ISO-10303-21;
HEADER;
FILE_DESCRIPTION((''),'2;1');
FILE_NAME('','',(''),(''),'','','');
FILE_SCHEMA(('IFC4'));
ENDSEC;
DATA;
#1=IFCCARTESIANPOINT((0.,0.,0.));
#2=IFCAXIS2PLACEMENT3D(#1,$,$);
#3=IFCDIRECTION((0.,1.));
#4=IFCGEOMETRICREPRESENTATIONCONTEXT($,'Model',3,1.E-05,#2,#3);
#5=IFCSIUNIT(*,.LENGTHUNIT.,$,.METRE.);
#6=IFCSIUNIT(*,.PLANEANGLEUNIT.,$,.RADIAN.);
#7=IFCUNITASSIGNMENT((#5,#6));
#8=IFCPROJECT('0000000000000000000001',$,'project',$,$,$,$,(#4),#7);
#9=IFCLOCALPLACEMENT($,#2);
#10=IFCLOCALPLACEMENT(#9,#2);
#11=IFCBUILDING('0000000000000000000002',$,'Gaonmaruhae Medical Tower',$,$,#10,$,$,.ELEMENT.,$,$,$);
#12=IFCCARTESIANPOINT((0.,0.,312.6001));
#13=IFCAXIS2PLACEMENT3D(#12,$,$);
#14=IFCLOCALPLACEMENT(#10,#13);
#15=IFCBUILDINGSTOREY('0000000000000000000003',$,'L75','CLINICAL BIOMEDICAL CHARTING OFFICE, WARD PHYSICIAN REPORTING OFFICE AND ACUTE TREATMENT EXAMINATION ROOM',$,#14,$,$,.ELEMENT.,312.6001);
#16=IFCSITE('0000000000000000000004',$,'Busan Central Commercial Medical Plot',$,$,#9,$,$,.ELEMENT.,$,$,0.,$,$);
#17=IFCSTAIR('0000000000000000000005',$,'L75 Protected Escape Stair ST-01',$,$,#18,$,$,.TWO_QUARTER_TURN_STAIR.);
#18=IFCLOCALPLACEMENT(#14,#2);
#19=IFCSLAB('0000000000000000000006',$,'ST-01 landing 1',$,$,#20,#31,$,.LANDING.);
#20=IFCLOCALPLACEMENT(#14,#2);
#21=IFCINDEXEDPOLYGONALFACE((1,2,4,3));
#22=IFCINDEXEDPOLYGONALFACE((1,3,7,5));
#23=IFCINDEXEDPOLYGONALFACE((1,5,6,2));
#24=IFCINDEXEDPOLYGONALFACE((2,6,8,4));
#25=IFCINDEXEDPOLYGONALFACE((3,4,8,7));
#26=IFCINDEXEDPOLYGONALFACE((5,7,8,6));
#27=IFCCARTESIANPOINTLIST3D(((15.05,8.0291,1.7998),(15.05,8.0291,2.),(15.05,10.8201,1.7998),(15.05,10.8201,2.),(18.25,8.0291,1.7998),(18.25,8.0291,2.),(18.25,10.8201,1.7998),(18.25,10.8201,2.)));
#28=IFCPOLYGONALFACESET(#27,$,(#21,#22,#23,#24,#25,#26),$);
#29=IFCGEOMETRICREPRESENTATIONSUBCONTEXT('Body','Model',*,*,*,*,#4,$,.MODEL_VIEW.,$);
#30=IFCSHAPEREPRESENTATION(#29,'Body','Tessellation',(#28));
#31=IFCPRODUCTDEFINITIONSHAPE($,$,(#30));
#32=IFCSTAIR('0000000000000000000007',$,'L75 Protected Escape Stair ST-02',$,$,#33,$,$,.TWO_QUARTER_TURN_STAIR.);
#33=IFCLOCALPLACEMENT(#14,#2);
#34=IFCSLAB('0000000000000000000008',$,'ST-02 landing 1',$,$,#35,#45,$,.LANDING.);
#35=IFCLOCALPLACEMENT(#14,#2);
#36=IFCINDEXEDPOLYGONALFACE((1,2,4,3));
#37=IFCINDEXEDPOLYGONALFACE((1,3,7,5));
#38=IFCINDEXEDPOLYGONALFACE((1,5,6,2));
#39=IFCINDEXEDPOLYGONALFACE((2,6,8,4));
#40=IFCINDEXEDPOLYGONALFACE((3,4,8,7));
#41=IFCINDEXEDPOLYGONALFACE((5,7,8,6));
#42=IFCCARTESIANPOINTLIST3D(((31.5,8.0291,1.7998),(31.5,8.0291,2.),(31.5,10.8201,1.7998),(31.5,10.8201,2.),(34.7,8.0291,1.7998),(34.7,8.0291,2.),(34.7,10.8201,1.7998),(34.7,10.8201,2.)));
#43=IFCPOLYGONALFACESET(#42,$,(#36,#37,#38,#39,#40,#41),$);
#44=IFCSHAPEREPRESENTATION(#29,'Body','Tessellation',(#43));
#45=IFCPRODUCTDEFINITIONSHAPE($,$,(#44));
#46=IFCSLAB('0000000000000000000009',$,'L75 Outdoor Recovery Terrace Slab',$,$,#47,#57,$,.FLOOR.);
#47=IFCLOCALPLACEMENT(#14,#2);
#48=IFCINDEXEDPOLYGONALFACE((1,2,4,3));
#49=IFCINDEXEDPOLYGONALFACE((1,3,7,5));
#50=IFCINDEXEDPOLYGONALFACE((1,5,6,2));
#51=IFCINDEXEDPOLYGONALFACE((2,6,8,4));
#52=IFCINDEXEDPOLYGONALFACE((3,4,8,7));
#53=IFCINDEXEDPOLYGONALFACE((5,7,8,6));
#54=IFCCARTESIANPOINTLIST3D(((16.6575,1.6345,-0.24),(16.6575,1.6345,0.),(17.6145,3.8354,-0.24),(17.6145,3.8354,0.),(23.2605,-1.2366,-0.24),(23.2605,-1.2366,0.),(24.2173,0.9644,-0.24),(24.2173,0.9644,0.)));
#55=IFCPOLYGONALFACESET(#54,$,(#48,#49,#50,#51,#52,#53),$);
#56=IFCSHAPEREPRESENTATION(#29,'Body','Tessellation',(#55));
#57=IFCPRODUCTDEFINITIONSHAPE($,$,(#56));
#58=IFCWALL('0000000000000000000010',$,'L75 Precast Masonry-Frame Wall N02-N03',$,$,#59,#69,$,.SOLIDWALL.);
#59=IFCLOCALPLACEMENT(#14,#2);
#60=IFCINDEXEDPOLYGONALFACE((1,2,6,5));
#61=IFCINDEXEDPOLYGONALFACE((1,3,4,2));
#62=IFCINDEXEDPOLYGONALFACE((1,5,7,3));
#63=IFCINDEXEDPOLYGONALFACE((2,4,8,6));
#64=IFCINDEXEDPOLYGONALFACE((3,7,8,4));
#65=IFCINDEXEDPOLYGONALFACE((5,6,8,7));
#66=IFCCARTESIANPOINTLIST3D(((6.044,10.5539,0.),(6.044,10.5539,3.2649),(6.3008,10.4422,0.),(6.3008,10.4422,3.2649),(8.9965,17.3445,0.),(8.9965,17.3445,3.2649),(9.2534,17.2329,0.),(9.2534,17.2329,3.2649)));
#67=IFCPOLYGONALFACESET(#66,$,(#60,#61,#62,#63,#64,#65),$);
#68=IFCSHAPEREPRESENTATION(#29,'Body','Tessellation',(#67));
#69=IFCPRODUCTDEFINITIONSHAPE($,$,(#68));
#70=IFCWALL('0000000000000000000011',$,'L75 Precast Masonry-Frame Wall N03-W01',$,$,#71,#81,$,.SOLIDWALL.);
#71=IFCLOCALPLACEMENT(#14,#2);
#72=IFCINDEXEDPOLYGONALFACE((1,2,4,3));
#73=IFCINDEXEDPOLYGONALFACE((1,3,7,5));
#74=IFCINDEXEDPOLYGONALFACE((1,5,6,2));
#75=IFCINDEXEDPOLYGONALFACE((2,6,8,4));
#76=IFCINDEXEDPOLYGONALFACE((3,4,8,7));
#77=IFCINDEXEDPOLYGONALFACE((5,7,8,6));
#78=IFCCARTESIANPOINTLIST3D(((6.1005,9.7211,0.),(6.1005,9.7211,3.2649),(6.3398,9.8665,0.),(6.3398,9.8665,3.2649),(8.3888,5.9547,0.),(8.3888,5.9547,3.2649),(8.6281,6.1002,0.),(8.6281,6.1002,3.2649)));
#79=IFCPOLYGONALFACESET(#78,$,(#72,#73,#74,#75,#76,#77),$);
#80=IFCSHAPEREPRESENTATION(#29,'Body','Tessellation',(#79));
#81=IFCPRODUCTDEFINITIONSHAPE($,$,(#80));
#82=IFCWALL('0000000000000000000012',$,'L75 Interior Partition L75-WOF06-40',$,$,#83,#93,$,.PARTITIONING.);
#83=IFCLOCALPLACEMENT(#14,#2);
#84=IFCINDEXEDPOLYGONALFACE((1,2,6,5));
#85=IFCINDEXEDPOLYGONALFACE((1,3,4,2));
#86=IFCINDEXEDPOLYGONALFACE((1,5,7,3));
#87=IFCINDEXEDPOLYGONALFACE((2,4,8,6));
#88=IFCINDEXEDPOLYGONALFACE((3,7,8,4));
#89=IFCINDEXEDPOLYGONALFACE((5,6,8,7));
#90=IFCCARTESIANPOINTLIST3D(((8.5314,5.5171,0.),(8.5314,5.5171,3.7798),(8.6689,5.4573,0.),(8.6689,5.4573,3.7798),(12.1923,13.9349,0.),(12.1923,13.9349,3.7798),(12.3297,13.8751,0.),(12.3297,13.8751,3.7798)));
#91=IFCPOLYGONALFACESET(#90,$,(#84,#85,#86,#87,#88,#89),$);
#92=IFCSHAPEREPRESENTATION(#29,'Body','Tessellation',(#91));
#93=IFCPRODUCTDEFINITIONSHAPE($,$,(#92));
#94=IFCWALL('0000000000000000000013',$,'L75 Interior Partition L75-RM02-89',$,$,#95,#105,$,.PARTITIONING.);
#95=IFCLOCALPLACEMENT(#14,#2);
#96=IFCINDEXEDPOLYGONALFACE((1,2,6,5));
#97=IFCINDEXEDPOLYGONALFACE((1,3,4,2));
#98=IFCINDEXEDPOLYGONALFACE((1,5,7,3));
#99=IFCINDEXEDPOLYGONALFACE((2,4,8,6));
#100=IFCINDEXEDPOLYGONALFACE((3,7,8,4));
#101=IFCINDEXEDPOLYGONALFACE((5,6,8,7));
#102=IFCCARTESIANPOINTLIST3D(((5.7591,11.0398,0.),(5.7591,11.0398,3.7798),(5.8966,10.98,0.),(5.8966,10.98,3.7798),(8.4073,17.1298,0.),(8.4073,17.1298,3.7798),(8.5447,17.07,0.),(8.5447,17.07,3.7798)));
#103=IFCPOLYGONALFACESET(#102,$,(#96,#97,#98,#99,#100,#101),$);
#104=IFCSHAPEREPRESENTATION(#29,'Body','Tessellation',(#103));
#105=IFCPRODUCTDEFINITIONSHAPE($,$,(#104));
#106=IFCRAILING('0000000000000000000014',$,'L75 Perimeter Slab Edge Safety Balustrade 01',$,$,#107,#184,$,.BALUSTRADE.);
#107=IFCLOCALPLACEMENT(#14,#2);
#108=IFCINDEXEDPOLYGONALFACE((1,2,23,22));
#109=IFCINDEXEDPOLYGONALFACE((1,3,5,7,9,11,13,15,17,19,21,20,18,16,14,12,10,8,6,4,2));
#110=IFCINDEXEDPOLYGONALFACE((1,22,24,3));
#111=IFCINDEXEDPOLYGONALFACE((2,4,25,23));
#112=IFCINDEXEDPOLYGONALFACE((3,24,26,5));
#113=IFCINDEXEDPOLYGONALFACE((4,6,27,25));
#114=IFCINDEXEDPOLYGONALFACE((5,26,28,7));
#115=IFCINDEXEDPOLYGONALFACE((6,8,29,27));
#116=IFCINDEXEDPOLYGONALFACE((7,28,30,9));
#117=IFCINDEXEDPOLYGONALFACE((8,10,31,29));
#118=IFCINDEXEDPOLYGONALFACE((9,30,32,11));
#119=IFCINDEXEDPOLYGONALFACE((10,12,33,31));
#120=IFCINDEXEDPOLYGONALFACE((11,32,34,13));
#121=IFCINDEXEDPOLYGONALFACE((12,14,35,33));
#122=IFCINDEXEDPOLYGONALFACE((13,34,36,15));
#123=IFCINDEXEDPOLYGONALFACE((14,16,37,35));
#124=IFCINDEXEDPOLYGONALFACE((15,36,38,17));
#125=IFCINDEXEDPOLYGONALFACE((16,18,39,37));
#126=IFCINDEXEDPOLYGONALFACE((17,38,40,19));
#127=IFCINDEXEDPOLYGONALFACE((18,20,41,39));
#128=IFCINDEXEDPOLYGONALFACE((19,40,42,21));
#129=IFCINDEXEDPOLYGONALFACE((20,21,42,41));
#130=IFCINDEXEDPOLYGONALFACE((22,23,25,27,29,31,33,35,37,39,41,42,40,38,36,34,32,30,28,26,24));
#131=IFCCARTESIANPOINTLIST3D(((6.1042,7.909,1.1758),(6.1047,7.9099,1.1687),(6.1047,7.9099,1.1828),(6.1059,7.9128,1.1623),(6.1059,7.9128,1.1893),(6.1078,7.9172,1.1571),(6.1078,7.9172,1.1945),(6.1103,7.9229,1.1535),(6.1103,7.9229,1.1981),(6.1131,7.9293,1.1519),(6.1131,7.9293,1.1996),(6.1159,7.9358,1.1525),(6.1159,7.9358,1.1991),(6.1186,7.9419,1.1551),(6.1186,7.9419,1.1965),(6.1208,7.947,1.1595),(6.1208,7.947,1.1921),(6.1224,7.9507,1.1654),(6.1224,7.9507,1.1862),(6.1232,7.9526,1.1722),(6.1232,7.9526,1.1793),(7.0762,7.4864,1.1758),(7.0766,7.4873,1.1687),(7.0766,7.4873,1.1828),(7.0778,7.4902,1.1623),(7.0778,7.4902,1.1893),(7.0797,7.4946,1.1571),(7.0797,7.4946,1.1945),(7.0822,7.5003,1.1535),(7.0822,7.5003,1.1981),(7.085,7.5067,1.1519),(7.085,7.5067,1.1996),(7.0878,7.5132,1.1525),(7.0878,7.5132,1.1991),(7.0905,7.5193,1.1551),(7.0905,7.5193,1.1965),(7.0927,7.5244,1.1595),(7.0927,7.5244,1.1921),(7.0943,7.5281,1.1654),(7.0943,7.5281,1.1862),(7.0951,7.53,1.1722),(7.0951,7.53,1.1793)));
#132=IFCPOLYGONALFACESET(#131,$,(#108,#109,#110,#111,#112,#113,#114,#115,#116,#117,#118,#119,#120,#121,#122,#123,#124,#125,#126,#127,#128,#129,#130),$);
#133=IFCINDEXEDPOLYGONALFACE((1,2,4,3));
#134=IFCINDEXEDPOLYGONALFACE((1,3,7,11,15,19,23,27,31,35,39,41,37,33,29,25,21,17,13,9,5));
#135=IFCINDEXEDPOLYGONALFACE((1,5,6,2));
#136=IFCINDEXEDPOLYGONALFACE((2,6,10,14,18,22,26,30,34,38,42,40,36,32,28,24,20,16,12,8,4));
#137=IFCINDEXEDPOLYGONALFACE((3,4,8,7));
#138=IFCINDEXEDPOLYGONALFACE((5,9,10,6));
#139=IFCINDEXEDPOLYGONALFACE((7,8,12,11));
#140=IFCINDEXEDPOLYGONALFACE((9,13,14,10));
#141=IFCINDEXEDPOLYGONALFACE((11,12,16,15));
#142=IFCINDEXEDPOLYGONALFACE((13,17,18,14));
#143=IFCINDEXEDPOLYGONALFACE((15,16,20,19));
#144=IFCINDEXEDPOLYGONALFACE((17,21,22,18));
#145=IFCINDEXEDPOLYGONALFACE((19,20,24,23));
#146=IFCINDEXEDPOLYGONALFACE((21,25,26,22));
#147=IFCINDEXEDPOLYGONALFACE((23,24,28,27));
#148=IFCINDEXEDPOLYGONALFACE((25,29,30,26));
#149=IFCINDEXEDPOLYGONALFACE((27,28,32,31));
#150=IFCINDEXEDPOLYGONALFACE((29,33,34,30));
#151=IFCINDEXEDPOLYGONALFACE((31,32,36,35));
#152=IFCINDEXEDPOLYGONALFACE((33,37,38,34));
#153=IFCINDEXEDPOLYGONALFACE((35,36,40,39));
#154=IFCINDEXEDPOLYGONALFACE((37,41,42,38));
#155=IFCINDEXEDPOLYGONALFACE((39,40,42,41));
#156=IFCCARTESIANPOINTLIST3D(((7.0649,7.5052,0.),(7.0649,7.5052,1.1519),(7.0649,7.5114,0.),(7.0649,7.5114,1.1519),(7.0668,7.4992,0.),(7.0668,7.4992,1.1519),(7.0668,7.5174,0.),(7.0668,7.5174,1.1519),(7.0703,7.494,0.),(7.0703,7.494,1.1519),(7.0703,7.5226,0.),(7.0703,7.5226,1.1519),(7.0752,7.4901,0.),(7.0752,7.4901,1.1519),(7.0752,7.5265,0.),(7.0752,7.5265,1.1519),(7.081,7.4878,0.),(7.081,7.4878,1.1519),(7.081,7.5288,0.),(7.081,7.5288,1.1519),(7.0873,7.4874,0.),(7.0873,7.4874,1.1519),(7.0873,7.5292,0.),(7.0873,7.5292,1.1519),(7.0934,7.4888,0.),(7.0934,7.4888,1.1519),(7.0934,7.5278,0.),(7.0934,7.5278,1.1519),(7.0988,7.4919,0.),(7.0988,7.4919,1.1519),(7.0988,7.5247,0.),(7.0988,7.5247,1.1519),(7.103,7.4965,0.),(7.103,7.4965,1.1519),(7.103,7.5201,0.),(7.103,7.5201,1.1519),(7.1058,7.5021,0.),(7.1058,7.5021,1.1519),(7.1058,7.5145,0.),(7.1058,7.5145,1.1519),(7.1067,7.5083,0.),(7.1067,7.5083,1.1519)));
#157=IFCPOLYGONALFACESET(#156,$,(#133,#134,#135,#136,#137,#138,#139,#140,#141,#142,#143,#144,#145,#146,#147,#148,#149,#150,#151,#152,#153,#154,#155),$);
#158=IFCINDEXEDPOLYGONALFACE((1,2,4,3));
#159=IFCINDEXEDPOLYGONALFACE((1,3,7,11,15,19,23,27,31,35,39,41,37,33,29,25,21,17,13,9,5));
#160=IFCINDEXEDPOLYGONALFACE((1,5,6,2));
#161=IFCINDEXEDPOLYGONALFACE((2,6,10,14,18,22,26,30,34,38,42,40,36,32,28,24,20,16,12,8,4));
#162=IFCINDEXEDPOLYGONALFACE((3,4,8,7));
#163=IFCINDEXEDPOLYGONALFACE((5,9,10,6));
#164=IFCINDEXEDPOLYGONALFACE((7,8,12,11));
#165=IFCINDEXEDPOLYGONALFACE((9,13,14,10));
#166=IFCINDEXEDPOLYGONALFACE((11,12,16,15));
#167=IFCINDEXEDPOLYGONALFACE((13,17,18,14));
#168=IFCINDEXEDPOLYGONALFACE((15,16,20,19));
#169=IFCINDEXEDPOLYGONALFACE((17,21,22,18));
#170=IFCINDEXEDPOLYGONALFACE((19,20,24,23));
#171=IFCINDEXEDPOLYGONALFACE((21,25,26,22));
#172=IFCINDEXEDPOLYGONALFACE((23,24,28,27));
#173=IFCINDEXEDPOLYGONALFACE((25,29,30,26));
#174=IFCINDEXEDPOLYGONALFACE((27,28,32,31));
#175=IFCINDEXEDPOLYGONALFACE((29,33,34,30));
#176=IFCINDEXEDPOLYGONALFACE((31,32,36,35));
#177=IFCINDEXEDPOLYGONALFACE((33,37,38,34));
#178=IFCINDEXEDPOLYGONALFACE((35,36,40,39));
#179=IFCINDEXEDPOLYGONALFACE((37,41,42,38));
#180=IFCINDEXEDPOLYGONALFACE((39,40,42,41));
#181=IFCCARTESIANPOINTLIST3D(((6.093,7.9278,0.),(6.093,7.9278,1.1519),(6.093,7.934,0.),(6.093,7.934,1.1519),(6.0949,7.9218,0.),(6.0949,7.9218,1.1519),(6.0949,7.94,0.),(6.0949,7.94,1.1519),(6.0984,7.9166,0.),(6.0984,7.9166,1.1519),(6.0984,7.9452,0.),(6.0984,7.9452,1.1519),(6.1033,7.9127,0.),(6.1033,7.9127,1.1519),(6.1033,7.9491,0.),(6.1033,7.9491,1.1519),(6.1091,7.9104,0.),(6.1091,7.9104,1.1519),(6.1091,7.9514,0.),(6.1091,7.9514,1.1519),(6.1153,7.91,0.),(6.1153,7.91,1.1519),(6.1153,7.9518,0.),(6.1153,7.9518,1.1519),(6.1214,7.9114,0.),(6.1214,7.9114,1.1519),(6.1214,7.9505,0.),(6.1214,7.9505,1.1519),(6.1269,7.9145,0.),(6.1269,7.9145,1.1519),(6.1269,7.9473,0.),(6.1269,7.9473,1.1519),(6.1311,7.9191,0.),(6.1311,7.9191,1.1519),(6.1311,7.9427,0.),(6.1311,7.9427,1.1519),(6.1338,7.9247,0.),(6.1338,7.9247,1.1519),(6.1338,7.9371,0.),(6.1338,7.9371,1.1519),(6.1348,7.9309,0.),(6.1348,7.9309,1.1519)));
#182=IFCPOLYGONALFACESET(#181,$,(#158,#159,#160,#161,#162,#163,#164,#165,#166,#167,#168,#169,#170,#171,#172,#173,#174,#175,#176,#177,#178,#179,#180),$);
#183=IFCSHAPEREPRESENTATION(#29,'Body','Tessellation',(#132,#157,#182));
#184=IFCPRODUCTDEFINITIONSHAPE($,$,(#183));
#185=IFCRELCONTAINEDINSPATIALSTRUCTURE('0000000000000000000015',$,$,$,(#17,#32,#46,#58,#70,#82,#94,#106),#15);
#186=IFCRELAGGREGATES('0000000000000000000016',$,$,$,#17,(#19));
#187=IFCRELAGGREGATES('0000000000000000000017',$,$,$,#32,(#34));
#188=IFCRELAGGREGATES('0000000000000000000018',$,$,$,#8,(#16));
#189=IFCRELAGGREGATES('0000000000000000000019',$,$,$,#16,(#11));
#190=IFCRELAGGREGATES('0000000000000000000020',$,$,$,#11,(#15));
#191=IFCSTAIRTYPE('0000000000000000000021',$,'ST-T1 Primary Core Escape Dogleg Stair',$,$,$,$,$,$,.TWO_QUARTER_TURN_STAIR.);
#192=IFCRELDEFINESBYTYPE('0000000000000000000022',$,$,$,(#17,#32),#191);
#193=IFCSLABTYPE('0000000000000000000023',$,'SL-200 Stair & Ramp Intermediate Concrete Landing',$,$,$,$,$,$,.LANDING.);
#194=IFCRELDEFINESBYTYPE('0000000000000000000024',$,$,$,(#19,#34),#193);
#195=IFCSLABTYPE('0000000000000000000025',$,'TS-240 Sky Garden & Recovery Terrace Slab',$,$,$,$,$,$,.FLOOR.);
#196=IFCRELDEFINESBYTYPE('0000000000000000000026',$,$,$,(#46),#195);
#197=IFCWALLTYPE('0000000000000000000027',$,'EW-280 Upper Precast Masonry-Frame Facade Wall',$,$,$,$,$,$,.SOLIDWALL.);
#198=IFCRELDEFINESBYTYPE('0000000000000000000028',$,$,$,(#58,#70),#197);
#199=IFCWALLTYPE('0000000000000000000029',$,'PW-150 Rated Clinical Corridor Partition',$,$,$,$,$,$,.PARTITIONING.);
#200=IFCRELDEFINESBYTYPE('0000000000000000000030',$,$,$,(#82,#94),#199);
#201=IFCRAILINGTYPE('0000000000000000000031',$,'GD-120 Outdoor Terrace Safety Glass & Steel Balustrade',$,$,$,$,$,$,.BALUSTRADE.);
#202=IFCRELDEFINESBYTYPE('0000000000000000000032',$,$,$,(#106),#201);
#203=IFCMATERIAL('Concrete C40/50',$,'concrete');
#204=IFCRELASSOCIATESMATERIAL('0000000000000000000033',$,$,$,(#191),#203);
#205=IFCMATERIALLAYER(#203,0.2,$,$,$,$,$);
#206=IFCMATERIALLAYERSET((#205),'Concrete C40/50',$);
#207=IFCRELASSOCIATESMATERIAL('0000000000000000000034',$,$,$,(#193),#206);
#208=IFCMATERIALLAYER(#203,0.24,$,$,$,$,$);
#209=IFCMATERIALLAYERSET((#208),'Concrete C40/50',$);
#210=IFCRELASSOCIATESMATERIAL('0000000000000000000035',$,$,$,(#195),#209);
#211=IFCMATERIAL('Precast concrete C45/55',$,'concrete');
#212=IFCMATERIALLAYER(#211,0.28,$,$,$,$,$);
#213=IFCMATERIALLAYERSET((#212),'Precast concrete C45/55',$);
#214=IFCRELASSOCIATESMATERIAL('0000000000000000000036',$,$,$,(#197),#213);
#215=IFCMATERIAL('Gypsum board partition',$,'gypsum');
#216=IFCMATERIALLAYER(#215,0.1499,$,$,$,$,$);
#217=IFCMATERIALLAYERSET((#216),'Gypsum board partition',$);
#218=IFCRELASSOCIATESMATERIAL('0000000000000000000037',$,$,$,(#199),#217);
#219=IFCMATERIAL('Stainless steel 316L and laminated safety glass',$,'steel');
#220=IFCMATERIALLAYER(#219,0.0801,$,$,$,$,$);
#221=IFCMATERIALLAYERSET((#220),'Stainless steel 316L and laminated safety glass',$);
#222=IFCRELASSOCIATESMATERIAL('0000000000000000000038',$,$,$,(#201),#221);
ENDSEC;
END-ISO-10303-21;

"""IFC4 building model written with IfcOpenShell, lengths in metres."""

from ifc_helpers import new_model, si_unit, direction, frame, frame_2d, origin, origin_2d, place, context, subcontext, project, spatial, polyline, rectangle, circle, outline, extrude, material, layer, layer_set, type_object, element, aggregate, save


model = new_model("IFC4")

# Units and contexts
model_context = context("Model", 3, precision=1e-05, world=origin(), true_north=direction((0.0, 1.0)))
body_context = subcontext(model_context, "Body", "Model", "MODEL_VIEW")
ifc_project = project(units=[si_unit("LENGTHUNIT", "METRE"), si_unit("PLANEANGLEUNIT", "RADIAN")], contexts=[model_context])

# Site, building, storey
site_placement = place(None, origin())
site = spatial("IfcSite", under=ifc_project, at=site_placement, Name="Busan Central Commercial Medical Plot", CompositionType="ELEMENT", RefElevation=0.0)
building_placement = place(site_placement, origin())
building = spatial("IfcBuilding", under=site, at=building_placement, Name="Gaonmaruhae Medical Tower", CompositionType="ELEMENT")
storey_placement = place(building_placement, frame((0.0, 0.0, 312.6001)))
storey = spatial("IfcBuildingStorey", under=building, at=storey_placement, Name="L75", Description="CLINICAL BIOMEDICAL CHARTING OFFICE, WARD PHYSICIAN REPORTING OFFICE AND ACUTE TREATMENT EXAMINATION ROOM", CompositionType="ELEMENT", Elevation=312.6001)

# Shared definitions
ifc_material_1 = material(Name="Concrete C40/50", Category="concrete")

# Stairs, slabs
stair_type = type_object("IfcStairType", Name="ST-T1 Primary Core Escape Dogleg Stair", PredefinedType="TWO_QUARTER_TURN_STAIR", material=ifc_material_1)
stair_1_placement = place(storey_placement, origin())
stair_1 = element("IfcStair", 1, at=stair_1_placement, inside=storey, type_object=stair_type, Name="L75 Protected Escape Stair ST-01", PredefinedType="TWO_QUARTER_TURN_STAIR")
ifc_layer_1 = layer(ifc_material_1, 0.2)
ifc_layer_set_1 = layer_set([ifc_layer_1], Name="Concrete C40/50")
slab_type_1 = type_object("IfcSlabType", Name="SL-200 Stair & Ramp Intermediate Concrete Landing", PredefinedType="LANDING", material=ifc_layer_set_1)
slab_1_placement = place(storey_placement, frame((0.0, 0.0, 1.7998)))
slab_1 = element("IfcSlab", 2, at=slab_1_placement, type_object=slab_type_1, Name="ST-01 landing 1", PredefinedType="LANDING", context=body_context, shape_type="SweptSolid", body=[
    extrude(outline(polyline([(15.05, 10.8201), (15.05, 8.0291), (18.25, 8.0291), (18.25, 10.8201), (15.05, 10.8201)])), origin(), (0.0, 0.0, 1.0), 0.2002),
])
aggregate(stair_1, [slab_1])
stair_2_placement = place(storey_placement, origin())
stair_2 = element("IfcStair", 3, at=stair_2_placement, inside=storey, type_object=stair_type, Name="L75 Protected Escape Stair ST-02", PredefinedType="TWO_QUARTER_TURN_STAIR")
slab_2_placement = place(storey_placement, frame((0.0, 0.0, 1.7998)))
slab_2 = element("IfcSlab", 4, at=slab_2_placement, type_object=slab_type_1, Name="ST-02 landing 1", PredefinedType="LANDING", context=body_context, shape_type="SweptSolid", body=[
    extrude(outline(polyline([(31.5, 10.8201), (31.5, 8.0291), (34.7, 8.0291), (34.7, 10.8201), (31.5, 10.8201)])), origin(), (0.0, 0.0, 1.0), 0.2002),
])
aggregate(stair_2, [slab_2])

# Slab
ifc_layer_2 = layer(ifc_material_1, 0.24)
ifc_layer_set_2 = layer_set([ifc_layer_2], Name="Concrete C40/50")
slab_type_2 = type_object("IfcSlabType", Name="TS-240 Sky Garden & Recovery Terrace Slab", PredefinedType="FLOOR", material=ifc_layer_set_2)
slab_3_placement = place(storey_placement, frame((0.0, 0.0, -0.24)))
element("IfcSlab", 5, at=slab_3_placement, inside=storey, type_object=slab_type_2, Name="L75 Outdoor Recovery Terrace Slab", PredefinedType="FLOOR", context=body_context, shape_type="SweptSolid", body=[
    extrude(outline(polyline([(23.2605, -1.2366), (24.2173, 0.9644), (17.6145, 3.8354), (16.6575, 1.6345), (23.2605, -1.2366)])), origin(), (0.0, 0.0, 1.0), 0.24),
])

# Walls
ifc_material_2 = material(Name="Precast concrete C45/55", Category="concrete")
ifc_layer_3 = layer(ifc_material_2, 0.28)
ifc_layer_set_3 = layer_set([ifc_layer_3], Name="Precast concrete C45/55")
wall_type_1 = type_object("IfcWallType", Name="EW-280 Upper Precast Masonry-Frame Facade Wall", PredefinedType="SOLIDWALL", material=ifc_layer_set_3)
wall_1_placement = place(storey_placement, frame((6.1724, 10.498, 0.0), z_axis=(0.0, 0.0, 1.0), x_axis=(0.398741, 0.917064, 0.0)))
element("IfcWall", 6, at=wall_1_placement, inside=storey, type_object=wall_type_1, Name="L75 Precast Masonry-Frame Wall N02-N03", PredefinedType="SOLIDWALL", context=body_context, shape_type="SweptSolid", body=[
    extrude(rectangle(XDim=7.4048, YDim=0.28, at=frame_2d((3.7024, 0.0))), origin(), (0.0, 0.0, 1.0), 3.2649),
])
wall_2_placement = place(storey_placement, frame((8.5085, 6.0273, 0.0), z_axis=(0.0, 0.0, 1.0), x_axis=(-0.519246, 0.854625, 0.0)))
element("IfcWall", 7, at=wall_2_placement, inside=storey, type_object=wall_type_1, Name="L75 Precast Masonry-Frame Wall N03-W01", PredefinedType="SOLIDWALL", context=body_context, shape_type="SweptSolid", body=[
    extrude(rectangle(XDim=4.407, YDim=0.28, at=frame_2d((2.2036, 0.0))), origin(), (0.0, 0.0, 1.0), 3.2649),
])
ifc_material_3 = material(Name="Gypsum board partition", Category="gypsum")
ifc_layer_4 = layer(ifc_material_3, 0.1499)
ifc_layer_set_4 = layer_set([ifc_layer_4], Name="Gypsum board partition")
wall_type_2 = type_object("IfcWallType", Name="PW-150 Rated Clinical Corridor Partition", PredefinedType="PARTITIONING", material=ifc_layer_set_4)
wall_3_placement = place(storey_placement, frame((8.6001, 5.4871, 0.0), z_axis=(0.0, 0.0, 1.0), x_axis=(0.398809, 0.917034, 0.0)))
element("IfcWall", 8, at=wall_3_placement, inside=storey, type_object=wall_type_2, Name="L75 Interior Partition L75-WOF06-40", PredefinedType="PARTITIONING", context=body_context, shape_type="SweptSolid", body=[
    extrude(rectangle(XDim=9.1794, YDim=0.1499, at=frame_2d((4.5898, 0.0))), origin(), (0.0, 0.0, 1.0), 3.7798),
])
wall_4_placement = place(storey_placement, frame((5.8279, 11.01, 0.0), z_axis=(0.0, 0.0, 1.0), x_axis=(0.398768, 0.917052, 0.0)))
element("IfcWall", 9, at=wall_4_placement, inside=storey, type_object=wall_type_2, Name="L75 Interior Partition L75-RM02-89", PredefinedType="PARTITIONING", context=body_context, shape_type="SweptSolid", body=[
    extrude(rectangle(XDim=6.6409, YDim=0.1499, at=frame_2d((3.3203, 0.0))), origin(), (0.0, 0.0, 1.0), 3.7798),
])

# Railing
ifc_material_4 = material(Name="Stainless steel 316L and laminated safety glass", Category="steel")
ifc_layer_5 = layer(ifc_material_4, 0.0801)
ifc_layer_set_5 = layer_set([ifc_layer_5], Name="Stainless steel 316L and laminated safety glass")
railing_type = type_object("IfcRailingType", Name="GD-120 Outdoor Terrace Safety Glass & Steel Balustrade", PredefinedType="BALUSTRADE", material=ifc_layer_set_5)
railing_1_placement = place(storey_placement, frame((7.0857, 7.5083, 0.0)))
element("IfcRailing", 10, at=railing_1_placement, inside=storey, type_object=railing_type, Name="L75 Perimeter Slab Edge Safety Balustrade 01", PredefinedType="BALUSTRADE", context=body_context, shape_type="SweptSolid", body=[
    extrude(circle(Radius=0.0239, at=origin_2d()), frame((0.0, 0.0, 1.1758), z_axis=(-0.917059, 0.398751, 0.0), x_axis=(-0.398751, -0.917059, 0.0)), (0.0, 0.0, 1.0), 1.0598),
    extrude(circle(Radius=0.021, at=origin_2d()), origin(), (0.0, 0.0, 1.0), 1.1519),
    extrude(circle(Radius=0.021, at=origin_2d()), frame((-0.9719, 0.4226, 0.0)), (0.0, 0.0, 1.0), 1.1519),
])

save(model, "model.ifc")
